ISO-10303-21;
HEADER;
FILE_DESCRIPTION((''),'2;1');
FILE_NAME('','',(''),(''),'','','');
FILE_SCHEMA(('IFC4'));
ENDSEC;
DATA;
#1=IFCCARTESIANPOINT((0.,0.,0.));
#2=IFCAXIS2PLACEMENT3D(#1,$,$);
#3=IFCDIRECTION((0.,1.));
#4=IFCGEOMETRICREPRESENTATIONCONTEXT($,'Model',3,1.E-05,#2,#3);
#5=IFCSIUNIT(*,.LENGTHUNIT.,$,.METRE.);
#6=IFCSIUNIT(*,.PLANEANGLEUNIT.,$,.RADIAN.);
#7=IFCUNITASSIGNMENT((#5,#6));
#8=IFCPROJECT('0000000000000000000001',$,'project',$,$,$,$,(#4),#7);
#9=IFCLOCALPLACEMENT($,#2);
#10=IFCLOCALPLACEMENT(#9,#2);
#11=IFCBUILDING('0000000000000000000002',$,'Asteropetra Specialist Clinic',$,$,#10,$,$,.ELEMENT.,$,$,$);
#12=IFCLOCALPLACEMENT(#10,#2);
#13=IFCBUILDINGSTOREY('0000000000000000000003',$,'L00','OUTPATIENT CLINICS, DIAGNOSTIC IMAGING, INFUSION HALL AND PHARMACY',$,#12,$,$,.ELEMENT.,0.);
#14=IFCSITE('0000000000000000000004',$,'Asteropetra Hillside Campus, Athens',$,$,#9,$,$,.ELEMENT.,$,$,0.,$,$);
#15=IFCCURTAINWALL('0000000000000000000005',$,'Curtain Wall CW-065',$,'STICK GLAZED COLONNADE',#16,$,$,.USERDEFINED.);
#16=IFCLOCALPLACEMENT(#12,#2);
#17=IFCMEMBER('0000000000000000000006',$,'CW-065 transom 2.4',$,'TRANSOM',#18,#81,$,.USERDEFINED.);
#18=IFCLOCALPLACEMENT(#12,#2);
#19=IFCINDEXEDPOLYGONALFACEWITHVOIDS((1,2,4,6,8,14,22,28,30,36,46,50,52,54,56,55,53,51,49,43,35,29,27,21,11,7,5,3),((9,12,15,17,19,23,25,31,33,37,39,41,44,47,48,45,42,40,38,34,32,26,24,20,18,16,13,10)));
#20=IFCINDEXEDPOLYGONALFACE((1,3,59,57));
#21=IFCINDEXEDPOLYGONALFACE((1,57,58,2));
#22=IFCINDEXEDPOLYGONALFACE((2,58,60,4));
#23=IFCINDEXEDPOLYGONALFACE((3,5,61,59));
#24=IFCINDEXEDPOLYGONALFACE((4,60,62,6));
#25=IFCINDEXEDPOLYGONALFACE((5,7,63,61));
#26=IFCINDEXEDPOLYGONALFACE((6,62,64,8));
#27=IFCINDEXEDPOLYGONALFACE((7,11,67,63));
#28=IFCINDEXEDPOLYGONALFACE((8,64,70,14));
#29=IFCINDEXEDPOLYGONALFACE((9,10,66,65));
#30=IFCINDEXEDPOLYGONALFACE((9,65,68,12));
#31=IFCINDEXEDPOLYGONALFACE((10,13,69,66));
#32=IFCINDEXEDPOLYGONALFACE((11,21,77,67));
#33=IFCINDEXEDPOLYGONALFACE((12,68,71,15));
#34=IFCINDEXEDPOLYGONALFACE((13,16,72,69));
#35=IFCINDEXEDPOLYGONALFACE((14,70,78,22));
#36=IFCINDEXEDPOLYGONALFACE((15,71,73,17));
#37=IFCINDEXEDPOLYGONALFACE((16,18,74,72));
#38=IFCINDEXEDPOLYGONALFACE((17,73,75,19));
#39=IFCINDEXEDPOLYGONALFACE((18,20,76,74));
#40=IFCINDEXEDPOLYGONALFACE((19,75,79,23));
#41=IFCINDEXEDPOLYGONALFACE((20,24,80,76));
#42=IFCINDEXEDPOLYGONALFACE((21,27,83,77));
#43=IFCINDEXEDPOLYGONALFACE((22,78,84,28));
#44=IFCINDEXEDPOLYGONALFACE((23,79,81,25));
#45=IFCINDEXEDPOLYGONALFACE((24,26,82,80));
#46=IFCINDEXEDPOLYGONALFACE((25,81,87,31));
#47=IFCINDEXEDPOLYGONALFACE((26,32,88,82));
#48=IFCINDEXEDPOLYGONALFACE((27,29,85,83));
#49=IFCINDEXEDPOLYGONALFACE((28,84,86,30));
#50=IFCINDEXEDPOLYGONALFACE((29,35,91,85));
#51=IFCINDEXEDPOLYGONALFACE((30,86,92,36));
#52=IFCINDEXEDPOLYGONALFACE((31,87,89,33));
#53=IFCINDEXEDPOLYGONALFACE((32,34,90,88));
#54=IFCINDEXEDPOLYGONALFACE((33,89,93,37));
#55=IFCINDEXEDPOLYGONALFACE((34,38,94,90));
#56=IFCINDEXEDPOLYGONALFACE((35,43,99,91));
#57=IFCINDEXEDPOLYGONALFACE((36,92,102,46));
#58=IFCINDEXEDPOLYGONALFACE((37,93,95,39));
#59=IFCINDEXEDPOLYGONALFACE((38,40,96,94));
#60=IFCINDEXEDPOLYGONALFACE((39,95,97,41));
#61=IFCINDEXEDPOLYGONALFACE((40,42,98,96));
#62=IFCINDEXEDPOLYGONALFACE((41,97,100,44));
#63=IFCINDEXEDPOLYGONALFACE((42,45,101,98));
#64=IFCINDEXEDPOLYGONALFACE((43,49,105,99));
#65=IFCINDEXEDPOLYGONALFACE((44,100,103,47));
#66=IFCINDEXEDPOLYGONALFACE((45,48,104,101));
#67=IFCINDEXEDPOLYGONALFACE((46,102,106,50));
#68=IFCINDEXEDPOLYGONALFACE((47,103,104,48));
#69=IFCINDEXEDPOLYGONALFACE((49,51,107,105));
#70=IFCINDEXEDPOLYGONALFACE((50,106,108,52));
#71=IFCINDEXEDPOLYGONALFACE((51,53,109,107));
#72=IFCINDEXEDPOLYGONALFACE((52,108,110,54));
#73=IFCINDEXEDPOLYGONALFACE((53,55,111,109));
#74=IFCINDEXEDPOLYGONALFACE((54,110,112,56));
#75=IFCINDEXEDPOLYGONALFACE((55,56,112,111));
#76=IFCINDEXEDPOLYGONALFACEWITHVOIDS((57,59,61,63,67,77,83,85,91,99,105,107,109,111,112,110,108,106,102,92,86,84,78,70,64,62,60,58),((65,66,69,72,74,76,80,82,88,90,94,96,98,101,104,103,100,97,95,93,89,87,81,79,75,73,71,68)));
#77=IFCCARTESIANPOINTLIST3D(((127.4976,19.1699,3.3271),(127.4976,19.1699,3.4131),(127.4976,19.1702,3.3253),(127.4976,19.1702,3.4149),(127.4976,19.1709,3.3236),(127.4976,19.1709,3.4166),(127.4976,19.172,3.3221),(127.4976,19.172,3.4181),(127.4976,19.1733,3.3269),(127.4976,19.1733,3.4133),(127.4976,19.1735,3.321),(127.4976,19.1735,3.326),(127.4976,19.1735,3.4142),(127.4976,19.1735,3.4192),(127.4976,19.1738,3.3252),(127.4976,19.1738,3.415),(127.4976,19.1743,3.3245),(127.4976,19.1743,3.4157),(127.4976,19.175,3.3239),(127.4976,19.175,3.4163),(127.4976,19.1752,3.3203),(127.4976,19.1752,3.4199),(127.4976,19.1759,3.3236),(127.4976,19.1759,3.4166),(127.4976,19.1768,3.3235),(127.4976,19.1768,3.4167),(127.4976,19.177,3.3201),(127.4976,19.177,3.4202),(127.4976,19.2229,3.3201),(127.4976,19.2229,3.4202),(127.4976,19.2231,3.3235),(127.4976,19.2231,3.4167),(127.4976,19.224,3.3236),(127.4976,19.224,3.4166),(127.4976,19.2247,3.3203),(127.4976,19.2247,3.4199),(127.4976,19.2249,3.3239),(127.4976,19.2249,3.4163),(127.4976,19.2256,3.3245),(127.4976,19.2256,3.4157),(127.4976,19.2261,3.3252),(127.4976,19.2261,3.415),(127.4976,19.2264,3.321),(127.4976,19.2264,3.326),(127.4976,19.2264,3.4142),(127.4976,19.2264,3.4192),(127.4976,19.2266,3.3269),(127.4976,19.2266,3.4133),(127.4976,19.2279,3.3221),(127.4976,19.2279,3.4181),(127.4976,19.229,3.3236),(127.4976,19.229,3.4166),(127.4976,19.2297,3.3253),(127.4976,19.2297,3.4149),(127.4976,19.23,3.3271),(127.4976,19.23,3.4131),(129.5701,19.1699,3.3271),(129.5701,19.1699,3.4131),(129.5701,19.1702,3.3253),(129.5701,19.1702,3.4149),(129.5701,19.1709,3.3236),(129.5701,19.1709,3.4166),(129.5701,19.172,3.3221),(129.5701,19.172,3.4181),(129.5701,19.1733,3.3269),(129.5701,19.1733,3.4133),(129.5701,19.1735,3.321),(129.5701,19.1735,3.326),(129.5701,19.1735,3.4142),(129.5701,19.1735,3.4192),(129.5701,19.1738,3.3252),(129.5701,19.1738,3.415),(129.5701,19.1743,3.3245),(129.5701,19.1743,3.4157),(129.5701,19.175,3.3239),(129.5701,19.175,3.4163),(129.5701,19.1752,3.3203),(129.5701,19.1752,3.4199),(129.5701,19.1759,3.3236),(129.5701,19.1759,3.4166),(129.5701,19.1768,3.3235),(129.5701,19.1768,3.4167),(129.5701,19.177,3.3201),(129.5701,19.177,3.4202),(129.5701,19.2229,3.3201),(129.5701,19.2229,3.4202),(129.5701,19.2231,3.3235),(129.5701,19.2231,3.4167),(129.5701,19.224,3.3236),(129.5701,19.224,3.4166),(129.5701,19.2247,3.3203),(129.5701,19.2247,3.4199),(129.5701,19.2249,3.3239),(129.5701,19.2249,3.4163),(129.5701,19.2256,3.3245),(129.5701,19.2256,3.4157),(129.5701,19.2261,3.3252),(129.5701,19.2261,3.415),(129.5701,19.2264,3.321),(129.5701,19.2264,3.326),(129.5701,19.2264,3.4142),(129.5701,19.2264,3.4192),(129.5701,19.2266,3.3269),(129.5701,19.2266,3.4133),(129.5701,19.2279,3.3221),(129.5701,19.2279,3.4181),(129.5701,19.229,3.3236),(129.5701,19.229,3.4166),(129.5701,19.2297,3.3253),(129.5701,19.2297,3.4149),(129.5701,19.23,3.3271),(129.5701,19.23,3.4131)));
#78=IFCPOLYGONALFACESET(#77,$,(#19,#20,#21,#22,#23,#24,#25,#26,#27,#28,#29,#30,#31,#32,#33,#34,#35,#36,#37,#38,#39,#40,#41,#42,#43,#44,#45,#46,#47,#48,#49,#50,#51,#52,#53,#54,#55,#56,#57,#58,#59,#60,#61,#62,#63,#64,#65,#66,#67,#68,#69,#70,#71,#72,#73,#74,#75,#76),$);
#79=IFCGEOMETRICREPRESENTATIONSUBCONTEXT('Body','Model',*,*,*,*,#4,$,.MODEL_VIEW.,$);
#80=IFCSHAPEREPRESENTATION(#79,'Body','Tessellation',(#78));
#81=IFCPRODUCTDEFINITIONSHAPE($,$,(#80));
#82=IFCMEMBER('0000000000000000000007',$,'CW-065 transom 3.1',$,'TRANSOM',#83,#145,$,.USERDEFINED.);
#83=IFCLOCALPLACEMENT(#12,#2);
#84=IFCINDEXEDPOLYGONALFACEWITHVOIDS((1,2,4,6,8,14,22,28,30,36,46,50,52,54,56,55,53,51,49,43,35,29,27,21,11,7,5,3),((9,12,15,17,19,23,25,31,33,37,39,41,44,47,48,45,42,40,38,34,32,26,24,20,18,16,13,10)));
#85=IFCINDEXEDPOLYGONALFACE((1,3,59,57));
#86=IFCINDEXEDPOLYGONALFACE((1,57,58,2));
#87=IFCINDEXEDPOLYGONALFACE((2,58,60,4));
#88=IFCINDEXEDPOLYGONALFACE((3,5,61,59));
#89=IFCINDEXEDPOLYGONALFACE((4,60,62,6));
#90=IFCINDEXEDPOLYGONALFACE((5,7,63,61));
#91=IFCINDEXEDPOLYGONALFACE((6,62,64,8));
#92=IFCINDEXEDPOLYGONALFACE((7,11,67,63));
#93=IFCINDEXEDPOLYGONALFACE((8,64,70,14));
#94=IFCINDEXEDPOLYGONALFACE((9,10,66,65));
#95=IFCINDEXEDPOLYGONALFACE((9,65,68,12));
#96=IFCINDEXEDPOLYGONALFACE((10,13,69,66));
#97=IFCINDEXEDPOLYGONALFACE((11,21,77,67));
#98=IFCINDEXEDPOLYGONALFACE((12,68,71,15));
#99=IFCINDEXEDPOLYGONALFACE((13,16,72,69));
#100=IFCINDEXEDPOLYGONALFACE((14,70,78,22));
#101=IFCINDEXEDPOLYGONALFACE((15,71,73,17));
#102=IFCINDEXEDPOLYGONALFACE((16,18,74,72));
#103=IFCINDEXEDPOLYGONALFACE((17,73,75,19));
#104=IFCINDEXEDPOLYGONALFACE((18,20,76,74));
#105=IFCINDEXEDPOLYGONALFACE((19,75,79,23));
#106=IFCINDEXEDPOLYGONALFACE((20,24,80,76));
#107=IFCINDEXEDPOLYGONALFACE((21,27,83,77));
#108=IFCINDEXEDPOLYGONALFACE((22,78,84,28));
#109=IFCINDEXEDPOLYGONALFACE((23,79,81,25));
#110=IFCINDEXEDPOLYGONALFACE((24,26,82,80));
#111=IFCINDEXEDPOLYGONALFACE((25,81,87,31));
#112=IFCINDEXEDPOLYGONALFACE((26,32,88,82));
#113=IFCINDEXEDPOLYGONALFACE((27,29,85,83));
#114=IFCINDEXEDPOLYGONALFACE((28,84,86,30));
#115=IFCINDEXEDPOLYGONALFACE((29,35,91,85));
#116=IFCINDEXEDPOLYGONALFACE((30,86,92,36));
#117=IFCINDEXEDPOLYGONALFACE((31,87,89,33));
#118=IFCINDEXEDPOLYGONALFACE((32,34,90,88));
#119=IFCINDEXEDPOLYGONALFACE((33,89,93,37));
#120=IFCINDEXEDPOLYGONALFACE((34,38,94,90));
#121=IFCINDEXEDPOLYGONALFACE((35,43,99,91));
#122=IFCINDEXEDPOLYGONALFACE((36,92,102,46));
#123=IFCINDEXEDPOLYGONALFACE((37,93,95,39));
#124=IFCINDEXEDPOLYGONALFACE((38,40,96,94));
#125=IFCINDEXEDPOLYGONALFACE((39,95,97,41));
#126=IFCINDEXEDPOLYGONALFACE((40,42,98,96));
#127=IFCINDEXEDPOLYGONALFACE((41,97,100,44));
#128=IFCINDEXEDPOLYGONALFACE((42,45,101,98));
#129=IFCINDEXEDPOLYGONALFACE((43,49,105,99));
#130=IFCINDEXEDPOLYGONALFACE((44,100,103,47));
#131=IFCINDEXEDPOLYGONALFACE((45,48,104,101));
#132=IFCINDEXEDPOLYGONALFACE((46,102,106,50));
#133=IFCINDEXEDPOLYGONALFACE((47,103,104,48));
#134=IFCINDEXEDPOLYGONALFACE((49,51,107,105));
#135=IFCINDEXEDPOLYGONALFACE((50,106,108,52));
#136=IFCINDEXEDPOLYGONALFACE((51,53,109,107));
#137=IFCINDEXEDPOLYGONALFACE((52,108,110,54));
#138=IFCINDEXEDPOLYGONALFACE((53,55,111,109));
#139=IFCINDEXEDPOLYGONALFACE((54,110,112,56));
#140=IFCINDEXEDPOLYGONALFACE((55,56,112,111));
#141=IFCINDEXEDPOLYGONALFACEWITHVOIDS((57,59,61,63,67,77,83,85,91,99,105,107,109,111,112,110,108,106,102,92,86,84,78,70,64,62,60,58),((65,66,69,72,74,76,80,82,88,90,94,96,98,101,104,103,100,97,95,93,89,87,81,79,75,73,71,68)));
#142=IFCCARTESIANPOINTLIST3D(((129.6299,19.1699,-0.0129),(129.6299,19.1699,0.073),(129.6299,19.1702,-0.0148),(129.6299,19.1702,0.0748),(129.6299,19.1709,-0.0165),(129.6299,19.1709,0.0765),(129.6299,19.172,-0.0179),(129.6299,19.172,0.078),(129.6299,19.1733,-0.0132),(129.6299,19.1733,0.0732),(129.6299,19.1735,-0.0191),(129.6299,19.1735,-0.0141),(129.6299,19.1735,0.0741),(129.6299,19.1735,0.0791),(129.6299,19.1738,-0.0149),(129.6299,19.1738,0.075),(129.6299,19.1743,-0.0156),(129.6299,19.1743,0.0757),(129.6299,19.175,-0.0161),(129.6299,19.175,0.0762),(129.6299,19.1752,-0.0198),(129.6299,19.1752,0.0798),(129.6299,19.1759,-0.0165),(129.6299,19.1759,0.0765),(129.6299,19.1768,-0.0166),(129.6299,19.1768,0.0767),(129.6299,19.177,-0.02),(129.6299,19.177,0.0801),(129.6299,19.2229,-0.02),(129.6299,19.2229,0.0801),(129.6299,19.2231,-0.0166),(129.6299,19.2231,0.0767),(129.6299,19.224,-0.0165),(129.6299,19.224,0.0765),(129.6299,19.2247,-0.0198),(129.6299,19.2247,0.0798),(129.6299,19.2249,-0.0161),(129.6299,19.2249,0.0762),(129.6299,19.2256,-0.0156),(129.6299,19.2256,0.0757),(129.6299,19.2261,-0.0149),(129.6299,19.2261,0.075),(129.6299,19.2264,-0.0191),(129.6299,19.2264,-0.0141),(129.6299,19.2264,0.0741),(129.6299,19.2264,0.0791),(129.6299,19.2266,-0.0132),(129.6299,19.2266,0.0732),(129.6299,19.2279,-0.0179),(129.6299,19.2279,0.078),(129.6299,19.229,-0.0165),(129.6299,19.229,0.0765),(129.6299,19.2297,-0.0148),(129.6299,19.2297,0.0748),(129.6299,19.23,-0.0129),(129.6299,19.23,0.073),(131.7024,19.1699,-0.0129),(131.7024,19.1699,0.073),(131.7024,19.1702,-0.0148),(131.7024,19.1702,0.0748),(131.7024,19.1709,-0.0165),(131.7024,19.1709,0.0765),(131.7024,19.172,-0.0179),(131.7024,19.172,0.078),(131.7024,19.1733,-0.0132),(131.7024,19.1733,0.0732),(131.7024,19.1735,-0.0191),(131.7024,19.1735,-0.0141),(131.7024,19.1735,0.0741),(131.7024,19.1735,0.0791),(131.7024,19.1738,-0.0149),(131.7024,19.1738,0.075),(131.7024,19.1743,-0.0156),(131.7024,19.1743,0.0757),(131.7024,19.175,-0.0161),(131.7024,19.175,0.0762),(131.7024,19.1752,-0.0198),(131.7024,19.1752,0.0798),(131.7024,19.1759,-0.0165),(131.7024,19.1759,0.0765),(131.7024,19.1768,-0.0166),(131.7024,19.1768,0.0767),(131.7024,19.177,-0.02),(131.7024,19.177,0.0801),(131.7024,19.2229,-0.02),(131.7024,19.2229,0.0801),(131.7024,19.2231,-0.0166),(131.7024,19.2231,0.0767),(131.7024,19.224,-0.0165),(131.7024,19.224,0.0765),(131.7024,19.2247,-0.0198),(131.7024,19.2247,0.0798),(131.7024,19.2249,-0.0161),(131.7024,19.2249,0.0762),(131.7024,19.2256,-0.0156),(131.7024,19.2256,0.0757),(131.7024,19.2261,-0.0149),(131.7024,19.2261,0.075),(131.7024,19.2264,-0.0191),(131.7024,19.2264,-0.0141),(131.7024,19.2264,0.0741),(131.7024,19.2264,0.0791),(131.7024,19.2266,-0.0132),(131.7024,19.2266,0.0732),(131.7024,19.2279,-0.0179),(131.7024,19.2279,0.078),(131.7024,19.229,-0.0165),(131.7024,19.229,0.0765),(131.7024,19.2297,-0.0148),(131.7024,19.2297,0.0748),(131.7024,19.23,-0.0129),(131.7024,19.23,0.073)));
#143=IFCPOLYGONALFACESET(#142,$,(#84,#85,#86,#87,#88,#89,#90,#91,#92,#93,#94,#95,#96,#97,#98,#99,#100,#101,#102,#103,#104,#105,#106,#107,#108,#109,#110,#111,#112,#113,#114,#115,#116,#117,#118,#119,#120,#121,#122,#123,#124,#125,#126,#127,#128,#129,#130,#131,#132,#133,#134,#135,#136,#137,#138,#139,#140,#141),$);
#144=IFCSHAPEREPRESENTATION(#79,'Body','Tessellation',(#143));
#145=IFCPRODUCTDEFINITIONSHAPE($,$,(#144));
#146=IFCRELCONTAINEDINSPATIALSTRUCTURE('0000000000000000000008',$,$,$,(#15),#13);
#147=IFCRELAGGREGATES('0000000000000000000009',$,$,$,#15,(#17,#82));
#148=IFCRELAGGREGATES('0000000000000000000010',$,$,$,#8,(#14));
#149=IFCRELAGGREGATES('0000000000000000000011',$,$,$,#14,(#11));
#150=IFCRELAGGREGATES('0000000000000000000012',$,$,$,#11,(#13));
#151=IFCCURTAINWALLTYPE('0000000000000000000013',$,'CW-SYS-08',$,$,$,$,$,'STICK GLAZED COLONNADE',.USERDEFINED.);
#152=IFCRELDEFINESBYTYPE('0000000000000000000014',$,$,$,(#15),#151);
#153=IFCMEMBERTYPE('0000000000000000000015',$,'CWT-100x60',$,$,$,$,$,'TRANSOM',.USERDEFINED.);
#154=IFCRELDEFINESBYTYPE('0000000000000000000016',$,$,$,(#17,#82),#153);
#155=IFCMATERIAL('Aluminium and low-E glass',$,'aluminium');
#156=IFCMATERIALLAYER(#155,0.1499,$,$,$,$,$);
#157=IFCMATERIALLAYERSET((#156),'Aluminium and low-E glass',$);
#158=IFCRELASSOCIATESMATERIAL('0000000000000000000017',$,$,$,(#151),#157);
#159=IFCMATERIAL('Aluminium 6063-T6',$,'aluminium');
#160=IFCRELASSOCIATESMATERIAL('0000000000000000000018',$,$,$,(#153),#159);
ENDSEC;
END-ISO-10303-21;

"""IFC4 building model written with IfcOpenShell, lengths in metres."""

from ifc_helpers import new_model, si_unit, direction, frame, origin, origin_2d, place, context, subcontext, project, spatial, hollow_rectangle, extrude, material, layer, layer_set, material_profile, profile_set, type_object, element, aggregate, save


model = new_model("IFC4")

# Units and contexts
model_context = context("Model", 3, precision=1e-05, world=origin(), true_north=direction((0.0, 1.0)))
body_context = subcontext(model_context, "Body", "Model", "MODEL_VIEW")
ifc_project = project(units=[si_unit("LENGTHUNIT", "METRE"), si_unit("PLANEANGLEUNIT", "RADIAN")], contexts=[model_context])

# Site, building, storey
site_placement = place(None, origin())
site = spatial("IfcSite", under=ifc_project, at=site_placement, Name="Asteropetra Hillside Campus, Athens", CompositionType="ELEMENT", RefElevation=0.0)
building_placement = place(site_placement, origin())
building = spatial("IfcBuilding", under=site, at=building_placement, Name="Asteropetra Specialist Clinic", CompositionType="ELEMENT")
storey_placement = place(building_placement, origin())
storey = spatial("IfcBuildingStorey", under=building, at=storey_placement, Name="L00", Description="OUTPATIENT CLINICS, DIAGNOSTIC IMAGING, INFUSION HALL AND PHARMACY", CompositionType="ELEMENT", Elevation=0.0)

# Curtain wall, members
ifc_material_1 = material(Name="Aluminium and low-E glass", Category="aluminium")
ifc_layer_1 = layer(ifc_material_1, 0.1499)
ifc_layer_set_1 = layer_set([ifc_layer_1], Name="Aluminium and low-E glass")
curtain_wall_type = type_object("IfcCurtainWallType", Name="CW-SYS-08", ElementType="STICK GLAZED COLONNADE", PredefinedType="USERDEFINED", material=ifc_layer_set_1)
curtain_wall_placement = place(storey_placement, origin())
curtain_wall = element("IfcCurtainWall", 1, at=curtain_wall_placement, inside=storey, type_object=curtain_wall_type, Name="Curtain Wall CW-065", ObjectType="STICK GLAZED COLONNADE", PredefinedType="USERDEFINED")
ifc_material_2 = material(Name="Aluminium 6063-T6", Category="aluminium")
ifc_material_profile_1 = material_profile(ifc_material_2, hollow_rectangle(XDim=0.0601, YDim=0.1001, WallThickness=0.0034, InnerFilletRadius=0.0034, OuterFilletRadius=0.0071, at=origin_2d()), Name="TRN 100x60x3.5")
ifc_profile_set_1 = profile_set([ifc_material_profile_1], Name="Aluminium 6063-T6")
member_type_1 = type_object("IfcMemberType", Name="CWT-100x60", ElementType="TRANSOM", PredefinedType="USERDEFINED", material=ifc_profile_set_1)
member_1_placement = place(storey_placement, frame((127.4976, 19.2, 3.3701), z_axis=(1.0, 0.0, 0.0), x_axis=(0.0, 1.0, 0.0)))
member_1 = element("IfcMember", 2, at=member_1_placement, type_object=member_type_1, Name="CW-065 transom 2.4", ObjectType="TRANSOM", PredefinedType="USERDEFINED", context=body_context, shape_type="SweptSolid", body=[
    extrude(hollow_rectangle(XDim=0.0601, YDim=0.1001, WallThickness=0.0034, InnerFilletRadius=0.0034, OuterFilletRadius=0.0071, at=origin_2d()), origin(), (0.0, 0.0, 1.0), 2.0725),
])
member_2_placement = place(storey_placement, frame((129.6299, 19.2, 0.03), z_axis=(1.0, 0.0, 0.0), x_axis=(0.0, 1.0, 0.0)))
member_2 = element("IfcMember", 3, at=member_2_placement, type_object=member_type_1, Name="CW-065 transom 3.1", ObjectType="TRANSOM", PredefinedType="USERDEFINED", context=body_context, shape_type="SweptSolid", body=[
    extrude(hollow_rectangle(XDim=0.0601, YDim=0.1001, WallThickness=0.0034, InnerFilletRadius=0.0034, OuterFilletRadius=0.0071, at=origin_2d()), origin(), (0.0, 0.0, 1.0), 2.0725),
])
aggregate(curtain_wall, [member_1, member_2])

save(model, "model.ifc")
